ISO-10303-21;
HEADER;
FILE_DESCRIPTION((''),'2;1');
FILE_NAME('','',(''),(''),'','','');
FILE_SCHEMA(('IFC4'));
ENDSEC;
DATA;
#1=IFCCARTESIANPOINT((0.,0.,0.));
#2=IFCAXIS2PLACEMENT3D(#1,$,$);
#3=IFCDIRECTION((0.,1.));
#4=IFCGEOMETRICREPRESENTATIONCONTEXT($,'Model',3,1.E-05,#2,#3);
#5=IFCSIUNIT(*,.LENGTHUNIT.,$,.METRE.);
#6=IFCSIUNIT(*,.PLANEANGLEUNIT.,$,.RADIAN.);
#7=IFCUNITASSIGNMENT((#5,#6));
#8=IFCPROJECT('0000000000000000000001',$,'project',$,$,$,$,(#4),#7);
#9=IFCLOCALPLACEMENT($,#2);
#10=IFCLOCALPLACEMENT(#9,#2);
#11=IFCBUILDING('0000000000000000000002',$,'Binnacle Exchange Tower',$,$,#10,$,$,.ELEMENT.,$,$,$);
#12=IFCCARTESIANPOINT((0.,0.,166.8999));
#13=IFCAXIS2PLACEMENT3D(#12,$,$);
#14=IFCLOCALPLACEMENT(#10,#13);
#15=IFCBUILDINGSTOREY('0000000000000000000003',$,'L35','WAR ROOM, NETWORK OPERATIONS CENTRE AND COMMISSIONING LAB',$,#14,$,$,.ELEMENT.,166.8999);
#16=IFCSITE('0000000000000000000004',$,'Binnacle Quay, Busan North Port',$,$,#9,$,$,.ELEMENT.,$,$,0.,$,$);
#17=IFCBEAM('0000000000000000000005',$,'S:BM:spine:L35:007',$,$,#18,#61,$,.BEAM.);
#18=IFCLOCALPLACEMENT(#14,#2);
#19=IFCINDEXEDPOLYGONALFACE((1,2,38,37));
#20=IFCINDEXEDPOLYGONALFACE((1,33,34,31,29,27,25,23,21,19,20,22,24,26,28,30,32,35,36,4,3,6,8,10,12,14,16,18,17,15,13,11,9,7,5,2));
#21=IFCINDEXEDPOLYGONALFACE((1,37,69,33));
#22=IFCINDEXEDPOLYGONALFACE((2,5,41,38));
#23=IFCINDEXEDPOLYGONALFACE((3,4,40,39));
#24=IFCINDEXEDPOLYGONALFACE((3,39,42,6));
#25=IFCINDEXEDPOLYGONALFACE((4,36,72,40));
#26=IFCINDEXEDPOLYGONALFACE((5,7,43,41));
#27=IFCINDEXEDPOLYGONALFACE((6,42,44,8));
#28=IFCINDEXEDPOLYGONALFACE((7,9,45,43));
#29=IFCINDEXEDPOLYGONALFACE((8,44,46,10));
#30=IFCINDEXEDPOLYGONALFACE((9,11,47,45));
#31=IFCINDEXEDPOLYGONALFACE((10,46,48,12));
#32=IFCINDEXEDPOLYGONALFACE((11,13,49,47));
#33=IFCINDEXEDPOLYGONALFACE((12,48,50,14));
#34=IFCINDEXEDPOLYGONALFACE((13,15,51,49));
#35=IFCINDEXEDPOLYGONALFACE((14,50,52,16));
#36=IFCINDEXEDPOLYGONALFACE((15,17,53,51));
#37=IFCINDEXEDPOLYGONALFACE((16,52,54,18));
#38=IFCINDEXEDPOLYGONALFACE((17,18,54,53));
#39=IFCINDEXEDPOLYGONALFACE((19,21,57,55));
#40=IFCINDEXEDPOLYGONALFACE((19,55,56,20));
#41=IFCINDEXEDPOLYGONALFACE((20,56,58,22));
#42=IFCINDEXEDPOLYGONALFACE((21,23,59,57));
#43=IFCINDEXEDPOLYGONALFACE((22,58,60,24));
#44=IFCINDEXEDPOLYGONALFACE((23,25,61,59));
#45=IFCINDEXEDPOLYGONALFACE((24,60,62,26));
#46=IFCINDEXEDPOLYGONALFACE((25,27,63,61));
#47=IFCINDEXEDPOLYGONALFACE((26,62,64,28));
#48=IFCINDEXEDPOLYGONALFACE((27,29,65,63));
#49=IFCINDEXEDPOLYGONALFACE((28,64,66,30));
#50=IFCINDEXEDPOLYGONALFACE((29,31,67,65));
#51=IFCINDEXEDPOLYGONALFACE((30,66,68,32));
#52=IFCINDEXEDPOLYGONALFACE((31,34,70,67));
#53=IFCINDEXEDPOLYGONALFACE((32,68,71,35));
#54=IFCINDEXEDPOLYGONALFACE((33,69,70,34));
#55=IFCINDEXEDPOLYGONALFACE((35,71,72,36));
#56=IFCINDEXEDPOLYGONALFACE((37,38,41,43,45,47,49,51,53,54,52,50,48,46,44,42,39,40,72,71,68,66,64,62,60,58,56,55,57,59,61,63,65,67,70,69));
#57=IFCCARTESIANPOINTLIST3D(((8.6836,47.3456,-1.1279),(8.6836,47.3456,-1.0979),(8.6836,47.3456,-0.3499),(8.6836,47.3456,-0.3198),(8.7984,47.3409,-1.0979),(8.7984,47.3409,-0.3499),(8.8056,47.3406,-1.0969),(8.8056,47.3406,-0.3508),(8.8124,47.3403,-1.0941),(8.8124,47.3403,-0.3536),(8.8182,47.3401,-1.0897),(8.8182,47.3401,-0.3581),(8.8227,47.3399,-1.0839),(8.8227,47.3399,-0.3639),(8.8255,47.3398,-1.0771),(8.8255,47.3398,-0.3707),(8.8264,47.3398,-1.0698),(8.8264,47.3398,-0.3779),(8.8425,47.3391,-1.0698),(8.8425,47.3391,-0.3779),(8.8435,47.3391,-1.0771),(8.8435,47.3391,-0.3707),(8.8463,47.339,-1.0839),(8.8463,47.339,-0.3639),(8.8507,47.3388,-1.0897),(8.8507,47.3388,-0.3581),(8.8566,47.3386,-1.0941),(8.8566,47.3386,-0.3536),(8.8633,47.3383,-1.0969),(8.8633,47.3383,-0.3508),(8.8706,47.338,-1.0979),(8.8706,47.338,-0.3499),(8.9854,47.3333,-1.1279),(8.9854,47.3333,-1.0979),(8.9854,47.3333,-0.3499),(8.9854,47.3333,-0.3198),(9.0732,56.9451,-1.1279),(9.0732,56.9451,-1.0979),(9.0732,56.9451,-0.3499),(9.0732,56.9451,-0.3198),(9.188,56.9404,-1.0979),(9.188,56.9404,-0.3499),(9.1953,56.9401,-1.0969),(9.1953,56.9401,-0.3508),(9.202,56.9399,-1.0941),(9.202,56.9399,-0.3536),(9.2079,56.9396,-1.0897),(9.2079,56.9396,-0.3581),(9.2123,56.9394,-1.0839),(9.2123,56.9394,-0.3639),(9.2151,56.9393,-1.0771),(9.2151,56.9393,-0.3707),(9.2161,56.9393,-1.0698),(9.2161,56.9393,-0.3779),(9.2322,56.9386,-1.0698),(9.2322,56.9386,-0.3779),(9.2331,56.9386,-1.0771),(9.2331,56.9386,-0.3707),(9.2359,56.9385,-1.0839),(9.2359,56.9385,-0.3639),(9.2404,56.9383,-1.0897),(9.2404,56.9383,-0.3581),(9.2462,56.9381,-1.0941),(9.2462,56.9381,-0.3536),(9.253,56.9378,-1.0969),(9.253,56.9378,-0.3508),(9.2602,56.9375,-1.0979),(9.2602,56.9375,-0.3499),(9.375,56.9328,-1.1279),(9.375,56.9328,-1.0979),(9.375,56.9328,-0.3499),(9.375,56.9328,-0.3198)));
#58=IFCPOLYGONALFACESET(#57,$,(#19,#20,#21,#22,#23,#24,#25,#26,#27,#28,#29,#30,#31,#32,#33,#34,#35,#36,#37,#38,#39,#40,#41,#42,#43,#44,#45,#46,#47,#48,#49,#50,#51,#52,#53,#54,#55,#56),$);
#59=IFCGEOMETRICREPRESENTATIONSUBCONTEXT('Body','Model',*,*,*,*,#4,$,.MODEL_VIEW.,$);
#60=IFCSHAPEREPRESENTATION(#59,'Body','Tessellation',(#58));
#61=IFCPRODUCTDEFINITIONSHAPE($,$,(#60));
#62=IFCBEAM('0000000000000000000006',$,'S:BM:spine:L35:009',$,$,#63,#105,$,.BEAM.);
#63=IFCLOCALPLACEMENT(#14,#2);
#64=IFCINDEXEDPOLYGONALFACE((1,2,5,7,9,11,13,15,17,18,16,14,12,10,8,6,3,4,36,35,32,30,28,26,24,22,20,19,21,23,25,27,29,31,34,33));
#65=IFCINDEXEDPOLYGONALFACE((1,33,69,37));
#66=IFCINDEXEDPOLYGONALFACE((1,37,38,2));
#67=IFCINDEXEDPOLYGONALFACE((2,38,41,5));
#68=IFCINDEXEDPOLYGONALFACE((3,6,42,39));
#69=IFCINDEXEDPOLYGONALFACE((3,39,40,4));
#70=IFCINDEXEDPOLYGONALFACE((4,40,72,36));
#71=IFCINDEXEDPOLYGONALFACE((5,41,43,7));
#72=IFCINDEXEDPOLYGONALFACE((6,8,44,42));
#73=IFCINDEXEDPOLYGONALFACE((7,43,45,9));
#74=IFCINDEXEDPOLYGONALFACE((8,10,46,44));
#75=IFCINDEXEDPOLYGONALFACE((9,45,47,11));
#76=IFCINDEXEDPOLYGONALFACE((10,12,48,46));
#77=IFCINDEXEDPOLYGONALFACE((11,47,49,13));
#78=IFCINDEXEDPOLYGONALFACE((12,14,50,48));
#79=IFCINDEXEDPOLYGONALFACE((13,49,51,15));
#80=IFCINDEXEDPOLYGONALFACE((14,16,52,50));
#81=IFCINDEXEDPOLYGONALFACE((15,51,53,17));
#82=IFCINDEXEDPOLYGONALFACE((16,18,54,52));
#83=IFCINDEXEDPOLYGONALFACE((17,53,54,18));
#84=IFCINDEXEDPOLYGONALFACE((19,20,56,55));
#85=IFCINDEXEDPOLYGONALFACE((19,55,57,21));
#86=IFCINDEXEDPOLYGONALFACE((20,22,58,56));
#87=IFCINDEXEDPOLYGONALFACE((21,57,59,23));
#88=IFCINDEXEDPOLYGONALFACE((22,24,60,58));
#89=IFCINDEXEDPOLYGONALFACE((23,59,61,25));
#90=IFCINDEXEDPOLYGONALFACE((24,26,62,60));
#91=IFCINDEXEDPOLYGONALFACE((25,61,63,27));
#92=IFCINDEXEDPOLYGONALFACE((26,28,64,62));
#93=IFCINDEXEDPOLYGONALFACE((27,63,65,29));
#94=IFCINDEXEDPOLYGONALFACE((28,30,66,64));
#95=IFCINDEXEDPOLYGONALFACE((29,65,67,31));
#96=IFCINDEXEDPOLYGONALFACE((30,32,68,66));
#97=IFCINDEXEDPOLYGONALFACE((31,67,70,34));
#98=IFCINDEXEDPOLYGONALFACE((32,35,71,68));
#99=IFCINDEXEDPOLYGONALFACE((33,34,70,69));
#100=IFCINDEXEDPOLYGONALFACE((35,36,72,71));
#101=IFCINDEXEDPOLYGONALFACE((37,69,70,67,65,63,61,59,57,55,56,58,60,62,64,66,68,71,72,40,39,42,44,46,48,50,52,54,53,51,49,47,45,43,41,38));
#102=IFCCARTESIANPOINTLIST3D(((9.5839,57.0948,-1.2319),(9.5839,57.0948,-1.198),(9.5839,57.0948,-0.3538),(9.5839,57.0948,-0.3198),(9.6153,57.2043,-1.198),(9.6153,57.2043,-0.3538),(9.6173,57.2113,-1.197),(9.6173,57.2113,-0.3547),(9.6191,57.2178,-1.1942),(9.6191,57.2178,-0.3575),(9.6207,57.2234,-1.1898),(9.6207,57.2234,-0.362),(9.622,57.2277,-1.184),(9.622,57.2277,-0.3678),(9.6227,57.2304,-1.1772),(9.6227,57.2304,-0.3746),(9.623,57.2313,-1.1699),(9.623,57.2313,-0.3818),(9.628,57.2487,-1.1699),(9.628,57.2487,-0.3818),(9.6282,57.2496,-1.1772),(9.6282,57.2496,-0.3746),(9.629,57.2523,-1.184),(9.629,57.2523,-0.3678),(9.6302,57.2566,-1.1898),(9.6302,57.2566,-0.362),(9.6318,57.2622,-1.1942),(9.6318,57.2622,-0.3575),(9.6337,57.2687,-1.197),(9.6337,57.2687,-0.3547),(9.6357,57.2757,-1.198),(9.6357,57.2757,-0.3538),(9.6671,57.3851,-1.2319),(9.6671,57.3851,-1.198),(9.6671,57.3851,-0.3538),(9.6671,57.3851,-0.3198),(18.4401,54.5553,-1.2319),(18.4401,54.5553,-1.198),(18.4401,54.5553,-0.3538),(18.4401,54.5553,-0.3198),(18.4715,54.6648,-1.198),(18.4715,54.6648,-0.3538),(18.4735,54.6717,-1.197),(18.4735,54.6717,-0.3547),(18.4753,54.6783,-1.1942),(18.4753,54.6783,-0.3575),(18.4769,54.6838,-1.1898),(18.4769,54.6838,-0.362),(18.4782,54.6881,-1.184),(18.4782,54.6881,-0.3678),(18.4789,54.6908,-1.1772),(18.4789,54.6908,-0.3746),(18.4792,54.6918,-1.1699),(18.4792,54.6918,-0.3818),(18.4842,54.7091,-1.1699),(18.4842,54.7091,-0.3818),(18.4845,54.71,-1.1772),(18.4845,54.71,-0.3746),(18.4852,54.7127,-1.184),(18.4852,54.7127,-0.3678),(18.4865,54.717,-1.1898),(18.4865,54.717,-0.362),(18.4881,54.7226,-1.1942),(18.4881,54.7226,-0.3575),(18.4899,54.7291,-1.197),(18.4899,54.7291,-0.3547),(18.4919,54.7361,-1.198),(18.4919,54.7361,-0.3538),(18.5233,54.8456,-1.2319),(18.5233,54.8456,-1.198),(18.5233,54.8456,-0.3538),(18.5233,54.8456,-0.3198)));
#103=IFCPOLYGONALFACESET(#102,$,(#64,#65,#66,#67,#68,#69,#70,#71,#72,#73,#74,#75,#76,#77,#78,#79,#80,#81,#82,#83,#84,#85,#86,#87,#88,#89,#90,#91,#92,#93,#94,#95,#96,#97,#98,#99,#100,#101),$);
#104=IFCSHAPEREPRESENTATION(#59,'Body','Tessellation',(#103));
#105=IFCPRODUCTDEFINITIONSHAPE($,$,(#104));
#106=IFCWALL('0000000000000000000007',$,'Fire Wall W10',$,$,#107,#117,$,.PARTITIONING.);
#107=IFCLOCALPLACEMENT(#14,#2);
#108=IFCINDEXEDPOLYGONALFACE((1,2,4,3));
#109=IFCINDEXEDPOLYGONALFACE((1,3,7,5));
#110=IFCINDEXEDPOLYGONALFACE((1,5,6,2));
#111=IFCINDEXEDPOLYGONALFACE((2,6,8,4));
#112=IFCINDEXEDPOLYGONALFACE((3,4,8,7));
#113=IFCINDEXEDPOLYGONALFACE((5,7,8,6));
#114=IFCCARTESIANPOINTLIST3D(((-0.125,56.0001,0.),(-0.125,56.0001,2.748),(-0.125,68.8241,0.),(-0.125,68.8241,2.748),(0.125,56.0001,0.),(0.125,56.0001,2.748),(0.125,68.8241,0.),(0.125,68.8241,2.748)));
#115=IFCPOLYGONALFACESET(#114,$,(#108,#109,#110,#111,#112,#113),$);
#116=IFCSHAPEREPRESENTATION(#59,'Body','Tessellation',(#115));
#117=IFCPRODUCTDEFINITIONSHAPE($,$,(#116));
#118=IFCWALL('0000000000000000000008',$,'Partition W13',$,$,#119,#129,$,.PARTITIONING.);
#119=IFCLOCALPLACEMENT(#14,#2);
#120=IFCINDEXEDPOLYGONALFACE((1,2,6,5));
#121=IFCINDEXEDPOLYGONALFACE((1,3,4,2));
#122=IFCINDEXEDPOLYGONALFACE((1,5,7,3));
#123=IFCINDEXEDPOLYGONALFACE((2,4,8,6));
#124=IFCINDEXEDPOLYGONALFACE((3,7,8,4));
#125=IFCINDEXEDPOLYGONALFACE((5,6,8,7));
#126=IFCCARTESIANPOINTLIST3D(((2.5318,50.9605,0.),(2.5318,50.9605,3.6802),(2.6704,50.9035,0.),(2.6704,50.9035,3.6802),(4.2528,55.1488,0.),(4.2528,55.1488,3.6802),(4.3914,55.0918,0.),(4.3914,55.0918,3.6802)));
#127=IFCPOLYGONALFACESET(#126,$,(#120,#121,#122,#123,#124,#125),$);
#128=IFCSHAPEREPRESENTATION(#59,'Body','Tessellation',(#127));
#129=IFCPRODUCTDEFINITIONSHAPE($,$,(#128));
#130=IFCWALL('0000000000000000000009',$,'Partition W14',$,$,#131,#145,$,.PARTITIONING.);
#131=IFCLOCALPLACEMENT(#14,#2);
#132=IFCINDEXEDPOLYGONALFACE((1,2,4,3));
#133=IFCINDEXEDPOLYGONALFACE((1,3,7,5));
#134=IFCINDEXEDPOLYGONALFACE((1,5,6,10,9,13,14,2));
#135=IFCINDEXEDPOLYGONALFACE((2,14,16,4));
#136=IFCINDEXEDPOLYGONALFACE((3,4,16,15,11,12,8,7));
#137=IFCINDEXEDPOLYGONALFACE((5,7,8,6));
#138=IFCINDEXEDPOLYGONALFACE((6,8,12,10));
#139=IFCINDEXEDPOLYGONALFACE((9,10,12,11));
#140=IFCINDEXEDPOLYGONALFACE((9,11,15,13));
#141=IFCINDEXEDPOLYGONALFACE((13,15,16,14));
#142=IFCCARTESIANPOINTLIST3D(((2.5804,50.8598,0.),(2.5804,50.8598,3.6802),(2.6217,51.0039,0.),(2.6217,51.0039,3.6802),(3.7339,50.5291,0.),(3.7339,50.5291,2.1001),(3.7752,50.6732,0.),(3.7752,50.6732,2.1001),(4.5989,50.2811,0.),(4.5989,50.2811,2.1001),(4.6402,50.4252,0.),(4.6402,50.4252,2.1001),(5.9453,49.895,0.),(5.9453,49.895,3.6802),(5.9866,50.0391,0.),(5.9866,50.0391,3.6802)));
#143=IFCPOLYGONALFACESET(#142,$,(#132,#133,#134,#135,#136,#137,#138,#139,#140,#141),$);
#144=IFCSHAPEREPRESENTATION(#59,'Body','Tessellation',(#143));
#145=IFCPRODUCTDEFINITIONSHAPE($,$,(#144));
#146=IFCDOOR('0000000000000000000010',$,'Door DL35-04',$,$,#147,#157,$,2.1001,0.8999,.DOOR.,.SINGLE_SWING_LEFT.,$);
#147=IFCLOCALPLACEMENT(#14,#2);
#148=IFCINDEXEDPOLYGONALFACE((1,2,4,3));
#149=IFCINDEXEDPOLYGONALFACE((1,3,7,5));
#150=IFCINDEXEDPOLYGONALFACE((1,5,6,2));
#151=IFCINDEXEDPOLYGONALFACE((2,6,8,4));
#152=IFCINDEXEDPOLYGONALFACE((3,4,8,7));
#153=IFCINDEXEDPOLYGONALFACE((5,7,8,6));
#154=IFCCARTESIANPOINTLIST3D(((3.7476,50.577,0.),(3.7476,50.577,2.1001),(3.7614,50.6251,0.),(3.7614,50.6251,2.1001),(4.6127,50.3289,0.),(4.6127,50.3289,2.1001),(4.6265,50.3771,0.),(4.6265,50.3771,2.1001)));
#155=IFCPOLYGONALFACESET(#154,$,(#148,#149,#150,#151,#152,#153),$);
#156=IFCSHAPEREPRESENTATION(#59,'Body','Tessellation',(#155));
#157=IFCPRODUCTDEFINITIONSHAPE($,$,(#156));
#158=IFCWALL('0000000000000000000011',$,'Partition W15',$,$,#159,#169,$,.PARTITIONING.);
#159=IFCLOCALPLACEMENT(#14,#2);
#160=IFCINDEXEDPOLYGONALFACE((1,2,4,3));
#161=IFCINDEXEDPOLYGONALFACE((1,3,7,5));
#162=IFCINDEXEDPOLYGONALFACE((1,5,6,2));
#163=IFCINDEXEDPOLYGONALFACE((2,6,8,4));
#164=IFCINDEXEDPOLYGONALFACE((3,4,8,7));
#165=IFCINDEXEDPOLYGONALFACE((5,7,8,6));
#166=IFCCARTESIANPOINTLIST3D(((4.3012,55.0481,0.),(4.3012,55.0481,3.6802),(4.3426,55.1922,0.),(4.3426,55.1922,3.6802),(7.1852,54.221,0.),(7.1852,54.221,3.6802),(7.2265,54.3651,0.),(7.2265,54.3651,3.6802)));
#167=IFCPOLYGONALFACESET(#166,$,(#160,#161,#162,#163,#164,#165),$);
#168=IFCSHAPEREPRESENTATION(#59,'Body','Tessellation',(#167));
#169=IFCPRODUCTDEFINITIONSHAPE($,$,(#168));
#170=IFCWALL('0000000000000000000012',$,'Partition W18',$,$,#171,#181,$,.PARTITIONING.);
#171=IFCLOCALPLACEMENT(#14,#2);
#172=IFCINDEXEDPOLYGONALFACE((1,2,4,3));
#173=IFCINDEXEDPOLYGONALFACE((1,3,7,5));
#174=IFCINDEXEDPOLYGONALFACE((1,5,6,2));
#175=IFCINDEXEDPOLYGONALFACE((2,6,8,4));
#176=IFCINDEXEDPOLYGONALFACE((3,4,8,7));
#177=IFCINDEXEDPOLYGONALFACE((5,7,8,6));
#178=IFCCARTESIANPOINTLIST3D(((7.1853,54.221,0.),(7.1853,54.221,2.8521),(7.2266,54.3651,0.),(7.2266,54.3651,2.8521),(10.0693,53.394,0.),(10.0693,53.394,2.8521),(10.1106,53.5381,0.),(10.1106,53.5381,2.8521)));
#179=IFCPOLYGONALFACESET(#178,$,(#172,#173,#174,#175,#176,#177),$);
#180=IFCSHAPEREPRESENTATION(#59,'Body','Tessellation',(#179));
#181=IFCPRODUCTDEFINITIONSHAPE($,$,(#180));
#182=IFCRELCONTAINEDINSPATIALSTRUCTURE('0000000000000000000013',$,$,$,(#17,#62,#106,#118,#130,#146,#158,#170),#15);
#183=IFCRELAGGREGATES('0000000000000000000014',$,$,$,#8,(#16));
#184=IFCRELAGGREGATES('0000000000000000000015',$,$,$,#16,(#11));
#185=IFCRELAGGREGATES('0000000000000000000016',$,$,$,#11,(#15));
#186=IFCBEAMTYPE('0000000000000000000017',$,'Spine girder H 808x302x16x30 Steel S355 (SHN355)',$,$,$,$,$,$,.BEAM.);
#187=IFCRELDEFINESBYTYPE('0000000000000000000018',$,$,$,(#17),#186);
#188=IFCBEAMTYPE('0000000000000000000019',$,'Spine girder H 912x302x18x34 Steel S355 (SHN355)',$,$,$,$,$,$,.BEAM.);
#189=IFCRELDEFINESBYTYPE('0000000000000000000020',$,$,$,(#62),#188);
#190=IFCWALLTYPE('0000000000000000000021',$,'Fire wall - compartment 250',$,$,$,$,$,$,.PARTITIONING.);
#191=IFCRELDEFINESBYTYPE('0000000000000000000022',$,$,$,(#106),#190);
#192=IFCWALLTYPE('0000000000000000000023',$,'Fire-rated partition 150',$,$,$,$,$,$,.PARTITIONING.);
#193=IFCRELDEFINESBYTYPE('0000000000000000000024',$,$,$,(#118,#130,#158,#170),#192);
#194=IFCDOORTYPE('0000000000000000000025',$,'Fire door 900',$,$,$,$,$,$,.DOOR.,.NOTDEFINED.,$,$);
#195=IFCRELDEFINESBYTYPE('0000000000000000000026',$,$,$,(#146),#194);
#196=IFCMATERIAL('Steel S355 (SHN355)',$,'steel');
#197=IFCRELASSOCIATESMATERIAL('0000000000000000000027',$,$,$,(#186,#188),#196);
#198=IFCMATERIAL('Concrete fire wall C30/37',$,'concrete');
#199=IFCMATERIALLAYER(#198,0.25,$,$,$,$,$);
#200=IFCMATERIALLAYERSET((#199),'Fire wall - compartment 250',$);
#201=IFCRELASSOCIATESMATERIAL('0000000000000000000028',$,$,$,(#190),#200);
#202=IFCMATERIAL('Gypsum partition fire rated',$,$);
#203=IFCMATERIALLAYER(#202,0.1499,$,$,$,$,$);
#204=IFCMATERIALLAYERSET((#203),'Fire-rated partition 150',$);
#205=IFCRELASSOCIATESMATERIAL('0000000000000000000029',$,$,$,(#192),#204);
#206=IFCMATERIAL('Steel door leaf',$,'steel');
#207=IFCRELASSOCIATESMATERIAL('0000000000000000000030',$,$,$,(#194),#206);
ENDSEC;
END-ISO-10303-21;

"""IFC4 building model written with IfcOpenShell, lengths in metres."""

from ifc_helpers import new_model, si_unit, direction, frame, frame_2d, origin, origin_2d, place, context, subcontext, project, spatial, rectangle, i_section, extrude, material, layer, layer_set, material_profile, profile_set, type_object, element, fill, save


model = new_model("IFC4")

# Units and contexts
model_context = context("Model", 3, precision=1e-05, world=origin(), true_north=direction((0.0, 1.0)))
body_context = subcontext(model_context, "Body", "Model", "MODEL_VIEW")
ifc_project = project(units=[si_unit("LENGTHUNIT", "METRE"), si_unit("PLANEANGLEUNIT", "RADIAN")], contexts=[model_context])

# Site, building, storey
site_placement = place(None, origin())
site = spatial("IfcSite", under=ifc_project, at=site_placement, Name="Binnacle Quay, Busan North Port", CompositionType="ELEMENT", RefElevation=0.0)
building_placement = place(site_placement, origin())
building = spatial("IfcBuilding", under=site, at=building_placement, Name="Binnacle Exchange Tower", CompositionType="ELEMENT")
storey_placement = place(building_placement, frame((0.0, 0.0, 166.8999)))
storey = spatial("IfcBuildingStorey", under=building, at=storey_placement, Name="L35", Description="WAR ROOM, NETWORK OPERATIONS CENTRE AND COMMISSIONING LAB", CompositionType="ELEMENT", Elevation=166.8999)

# Beams
ifc_material_1 = material(Name="Steel S355 (SHN355)", Category="steel")
ifc_material_profile_1 = material_profile(ifc_material_1, i_section(OverallWidth=0.302, OverallDepth=0.8081, WebThickness=0.0161, FlangeThickness=0.03, FilletRadius=0.0281, at=origin_2d()), Name="H 808x302x16x30")
ifc_profile_set_1 = profile_set([ifc_material_profile_1], Name="Steel S355 (SHN355)")
beam_type_1 = type_object("IfcBeamType", Name="Spine girder H 808x302x16x30 Steel S355 (SHN355)", PredefinedType="BEAM", material=ifc_profile_set_1)
beam_1_placement = place(storey_placement, frame((9.2241, 56.939, -0.7239), z_axis=(-0.040557, -0.999177, 0.0), x_axis=(0.999177, -0.040557, 0.0)))
element("IfcBeam", 1, at=beam_1_placement, inside=storey, type_object=beam_type_1, Name="S:BM:spine:L35:007", PredefinedType="BEAM", context=body_context, shape_type="SweptSolid", body=[
    extrude(i_section(OverallWidth=0.302, OverallDepth=0.8081, WebThickness=0.0161, FlangeThickness=0.03, FilletRadius=0.0281, at=origin_2d()), origin(), (0.0, 0.0, 1.0), 9.6074),
])
ifc_material_profile_2 = material_profile(ifc_material_1, i_section(OverallWidth=0.302, OverallDepth=0.9121, WebThickness=0.0181, FlangeThickness=0.0339, FilletRadius=0.0281, at=origin_2d()), Name="H 912x302x18x34")
ifc_profile_set_2 = profile_set([ifc_material_profile_2], Name="Steel S355 (SHN355)")
beam_type_2 = type_object("IfcBeamType", Name="Spine girder H 912x302x18x34 Steel S355 (SHN355)", PredefinedType="BEAM", material=ifc_profile_set_2)
beam_2_placement = place(storey_placement, frame((9.6255, 57.24, -0.7759), z_axis=(0.96126, -0.275645, 0.0), x_axis=(0.275645, 0.96126, 0.0)))
element("IfcBeam", 2, at=beam_2_placement, inside=storey, type_object=beam_type_2, Name="S:BM:spine:L35:009", PredefinedType="BEAM", context=body_context, shape_type="SweptSolid", body=[
    extrude(i_section(OverallWidth=0.302, OverallDepth=0.9121, WebThickness=0.0181, FlangeThickness=0.0339, FilletRadius=0.0281, at=origin_2d()), origin(), (0.0, 0.0, 1.0), 9.2131),
])

# Walls
ifc_material_2 = material(Name="Concrete fire wall C30/37", Category="concrete")
ifc_layer_1 = layer(ifc_material_2, 0.25)
ifc_layer_set_1 = layer_set([ifc_layer_1], Name="Fire wall - compartment 250")
wall_type_1 = type_object("IfcWallType", Name="Fire wall - compartment 250", PredefinedType="PARTITIONING", material=ifc_layer_set_1)
wall_1_placement = place(storey_placement, frame((0.0, 56.0, 0.0), z_axis=(0.0, 0.0, 1.0), x_axis=(0.0, 1.0, 0.0)))
element("IfcWall", 3, at=wall_1_placement, inside=storey, type_object=wall_type_1, Name="Fire Wall W10", PredefinedType="PARTITIONING", context=body_context, shape_type="SweptSolid", body=[
    extrude(rectangle(XDim=12.824, YDim=0.25, at=frame_2d((6.4121, 0.0))), origin(), (0.0, 0.0, 1.0), 2.748),
])
ifc_material_3 = material(Name="Gypsum partition fire rated")
ifc_layer_2 = layer(ifc_material_3, 0.1499)
ifc_layer_set_2 = layer_set([ifc_layer_2], Name="Fire-rated partition 150")
wall_type_2 = type_object("IfcWallType", Name="Fire-rated partition 150", PredefinedType="PARTITIONING", material=ifc_layer_set_2)
wall_2_placement = place(storey_placement, frame((2.6011, 50.9319, 0.0), z_axis=(0.0, 0.0, 1.0), x_axis=(0.380066, 0.924959, 0.0)))
element("IfcWall", 4, at=wall_2_placement, inside=storey, type_object=wall_type_2, Name="Partition W13", PredefinedType="PARTITIONING", context=body_context, shape_type="SweptSolid", body=[
    extrude(rectangle(XDim=4.5281, YDim=0.1499, at=frame_2d((2.2642, 0.0))), origin(), (0.0, 0.0, 1.0), 3.6802),
])

# Wall, opening, door
wall_3_placement = place(storey_placement, frame((2.6011, 50.9319, 0.0), z_axis=(0.0, 0.0, 1.0), x_axis=(0.961266, -0.275624, 0.0)))
wall_3 = element("IfcWall", 5, at=wall_3_placement, inside=storey, type_object=wall_type_2, Name="Partition W14", PredefinedType="PARTITIONING", context=body_context, shape_type="SweptSolid", body=[
    extrude(rectangle(XDim=3.5005, YDim=0.1499, at=frame_2d((1.7502, 0.0))), origin(), (0.0, 0.0, 1.0), 3.6802),
])
opening_1_placement = place(wall_3_placement, frame((1.2, 0.0, 0.0)))
opening_1 = element("IfcOpeningElement", 6, at=opening_1_placement, cuts=wall_3, PredefinedType="OPENING", context=body_context, shape_type="SweptSolid", body=[
    extrude(rectangle(XDim=0.8999, YDim=2.1001, at=frame_2d((0.45, 1.05))), frame((0.0, 0.085, 0.0), z_axis=(0.0, -1.0, 0.0), x_axis=(1.0, 0.0, 0.0)), (0.0, 0.0, 1.0), 0.1699),
])
ifc_material_4 = material(Name="Steel door leaf", Category="steel")
door_type_1 = type_object("IfcDoorType", Name="Fire door 900", OperationType="NOTDEFINED", PredefinedType="DOOR", material=ifc_material_4)
door_1_placement = place(opening_1_placement, origin())
door_1 = element("IfcDoor", 7, at=door_1_placement, inside=storey, type_object=door_type_1, Name="Door DL35-04", OperationType="SINGLE_SWING_LEFT", OverallHeight=2.1001, OverallWidth=0.8999, PredefinedType="DOOR", context=body_context, shape_type="SweptSolid", body=[
    extrude(rectangle(XDim=0.8999, YDim=2.1001, at=frame_2d((0.45, 1.05))), frame((0.0, 0.0249, 0.0), z_axis=(0.0, -1.0, 0.0), x_axis=(1.0, 0.0, 0.0)), (0.0, 0.0, 1.0), 0.05),
])
fill(opening_1, door_1)

# Walls
wall_4_placement = place(storey_placement, frame((4.322, 55.1201, 0.0), z_axis=(0.0, 0.0, 1.0), x_axis=(0.961247, -0.275688, 0.0)))
element("IfcWall", 8, at=wall_4_placement, inside=storey, type_object=wall_type_2, Name="Partition W15", PredefinedType="PARTITIONING", context=body_context, shape_type="SweptSolid", body=[
    extrude(rectangle(XDim=3.0002, YDim=0.1499, at=frame_2d((1.5, 0.0))), origin(), (0.0, 0.0, 1.0), 3.6802),
])
wall_5_placement = place(storey_placement, frame((7.2061, 54.293, 0.0), z_axis=(0.0, 0.0, 1.0), x_axis=(0.961269, -0.275613, 0.0)))
element("IfcWall", 9, at=wall_5_placement, inside=storey, type_object=wall_type_2, Name="Partition W18", PredefinedType="PARTITIONING", context=body_context, shape_type="SweptSolid", body=[
    extrude(rectangle(XDim=3.0002, YDim=0.1499, at=frame_2d((1.5, 0.0))), origin(), (0.0, 0.0, 1.0), 2.8521),
])

save(model, "model.ifc")
